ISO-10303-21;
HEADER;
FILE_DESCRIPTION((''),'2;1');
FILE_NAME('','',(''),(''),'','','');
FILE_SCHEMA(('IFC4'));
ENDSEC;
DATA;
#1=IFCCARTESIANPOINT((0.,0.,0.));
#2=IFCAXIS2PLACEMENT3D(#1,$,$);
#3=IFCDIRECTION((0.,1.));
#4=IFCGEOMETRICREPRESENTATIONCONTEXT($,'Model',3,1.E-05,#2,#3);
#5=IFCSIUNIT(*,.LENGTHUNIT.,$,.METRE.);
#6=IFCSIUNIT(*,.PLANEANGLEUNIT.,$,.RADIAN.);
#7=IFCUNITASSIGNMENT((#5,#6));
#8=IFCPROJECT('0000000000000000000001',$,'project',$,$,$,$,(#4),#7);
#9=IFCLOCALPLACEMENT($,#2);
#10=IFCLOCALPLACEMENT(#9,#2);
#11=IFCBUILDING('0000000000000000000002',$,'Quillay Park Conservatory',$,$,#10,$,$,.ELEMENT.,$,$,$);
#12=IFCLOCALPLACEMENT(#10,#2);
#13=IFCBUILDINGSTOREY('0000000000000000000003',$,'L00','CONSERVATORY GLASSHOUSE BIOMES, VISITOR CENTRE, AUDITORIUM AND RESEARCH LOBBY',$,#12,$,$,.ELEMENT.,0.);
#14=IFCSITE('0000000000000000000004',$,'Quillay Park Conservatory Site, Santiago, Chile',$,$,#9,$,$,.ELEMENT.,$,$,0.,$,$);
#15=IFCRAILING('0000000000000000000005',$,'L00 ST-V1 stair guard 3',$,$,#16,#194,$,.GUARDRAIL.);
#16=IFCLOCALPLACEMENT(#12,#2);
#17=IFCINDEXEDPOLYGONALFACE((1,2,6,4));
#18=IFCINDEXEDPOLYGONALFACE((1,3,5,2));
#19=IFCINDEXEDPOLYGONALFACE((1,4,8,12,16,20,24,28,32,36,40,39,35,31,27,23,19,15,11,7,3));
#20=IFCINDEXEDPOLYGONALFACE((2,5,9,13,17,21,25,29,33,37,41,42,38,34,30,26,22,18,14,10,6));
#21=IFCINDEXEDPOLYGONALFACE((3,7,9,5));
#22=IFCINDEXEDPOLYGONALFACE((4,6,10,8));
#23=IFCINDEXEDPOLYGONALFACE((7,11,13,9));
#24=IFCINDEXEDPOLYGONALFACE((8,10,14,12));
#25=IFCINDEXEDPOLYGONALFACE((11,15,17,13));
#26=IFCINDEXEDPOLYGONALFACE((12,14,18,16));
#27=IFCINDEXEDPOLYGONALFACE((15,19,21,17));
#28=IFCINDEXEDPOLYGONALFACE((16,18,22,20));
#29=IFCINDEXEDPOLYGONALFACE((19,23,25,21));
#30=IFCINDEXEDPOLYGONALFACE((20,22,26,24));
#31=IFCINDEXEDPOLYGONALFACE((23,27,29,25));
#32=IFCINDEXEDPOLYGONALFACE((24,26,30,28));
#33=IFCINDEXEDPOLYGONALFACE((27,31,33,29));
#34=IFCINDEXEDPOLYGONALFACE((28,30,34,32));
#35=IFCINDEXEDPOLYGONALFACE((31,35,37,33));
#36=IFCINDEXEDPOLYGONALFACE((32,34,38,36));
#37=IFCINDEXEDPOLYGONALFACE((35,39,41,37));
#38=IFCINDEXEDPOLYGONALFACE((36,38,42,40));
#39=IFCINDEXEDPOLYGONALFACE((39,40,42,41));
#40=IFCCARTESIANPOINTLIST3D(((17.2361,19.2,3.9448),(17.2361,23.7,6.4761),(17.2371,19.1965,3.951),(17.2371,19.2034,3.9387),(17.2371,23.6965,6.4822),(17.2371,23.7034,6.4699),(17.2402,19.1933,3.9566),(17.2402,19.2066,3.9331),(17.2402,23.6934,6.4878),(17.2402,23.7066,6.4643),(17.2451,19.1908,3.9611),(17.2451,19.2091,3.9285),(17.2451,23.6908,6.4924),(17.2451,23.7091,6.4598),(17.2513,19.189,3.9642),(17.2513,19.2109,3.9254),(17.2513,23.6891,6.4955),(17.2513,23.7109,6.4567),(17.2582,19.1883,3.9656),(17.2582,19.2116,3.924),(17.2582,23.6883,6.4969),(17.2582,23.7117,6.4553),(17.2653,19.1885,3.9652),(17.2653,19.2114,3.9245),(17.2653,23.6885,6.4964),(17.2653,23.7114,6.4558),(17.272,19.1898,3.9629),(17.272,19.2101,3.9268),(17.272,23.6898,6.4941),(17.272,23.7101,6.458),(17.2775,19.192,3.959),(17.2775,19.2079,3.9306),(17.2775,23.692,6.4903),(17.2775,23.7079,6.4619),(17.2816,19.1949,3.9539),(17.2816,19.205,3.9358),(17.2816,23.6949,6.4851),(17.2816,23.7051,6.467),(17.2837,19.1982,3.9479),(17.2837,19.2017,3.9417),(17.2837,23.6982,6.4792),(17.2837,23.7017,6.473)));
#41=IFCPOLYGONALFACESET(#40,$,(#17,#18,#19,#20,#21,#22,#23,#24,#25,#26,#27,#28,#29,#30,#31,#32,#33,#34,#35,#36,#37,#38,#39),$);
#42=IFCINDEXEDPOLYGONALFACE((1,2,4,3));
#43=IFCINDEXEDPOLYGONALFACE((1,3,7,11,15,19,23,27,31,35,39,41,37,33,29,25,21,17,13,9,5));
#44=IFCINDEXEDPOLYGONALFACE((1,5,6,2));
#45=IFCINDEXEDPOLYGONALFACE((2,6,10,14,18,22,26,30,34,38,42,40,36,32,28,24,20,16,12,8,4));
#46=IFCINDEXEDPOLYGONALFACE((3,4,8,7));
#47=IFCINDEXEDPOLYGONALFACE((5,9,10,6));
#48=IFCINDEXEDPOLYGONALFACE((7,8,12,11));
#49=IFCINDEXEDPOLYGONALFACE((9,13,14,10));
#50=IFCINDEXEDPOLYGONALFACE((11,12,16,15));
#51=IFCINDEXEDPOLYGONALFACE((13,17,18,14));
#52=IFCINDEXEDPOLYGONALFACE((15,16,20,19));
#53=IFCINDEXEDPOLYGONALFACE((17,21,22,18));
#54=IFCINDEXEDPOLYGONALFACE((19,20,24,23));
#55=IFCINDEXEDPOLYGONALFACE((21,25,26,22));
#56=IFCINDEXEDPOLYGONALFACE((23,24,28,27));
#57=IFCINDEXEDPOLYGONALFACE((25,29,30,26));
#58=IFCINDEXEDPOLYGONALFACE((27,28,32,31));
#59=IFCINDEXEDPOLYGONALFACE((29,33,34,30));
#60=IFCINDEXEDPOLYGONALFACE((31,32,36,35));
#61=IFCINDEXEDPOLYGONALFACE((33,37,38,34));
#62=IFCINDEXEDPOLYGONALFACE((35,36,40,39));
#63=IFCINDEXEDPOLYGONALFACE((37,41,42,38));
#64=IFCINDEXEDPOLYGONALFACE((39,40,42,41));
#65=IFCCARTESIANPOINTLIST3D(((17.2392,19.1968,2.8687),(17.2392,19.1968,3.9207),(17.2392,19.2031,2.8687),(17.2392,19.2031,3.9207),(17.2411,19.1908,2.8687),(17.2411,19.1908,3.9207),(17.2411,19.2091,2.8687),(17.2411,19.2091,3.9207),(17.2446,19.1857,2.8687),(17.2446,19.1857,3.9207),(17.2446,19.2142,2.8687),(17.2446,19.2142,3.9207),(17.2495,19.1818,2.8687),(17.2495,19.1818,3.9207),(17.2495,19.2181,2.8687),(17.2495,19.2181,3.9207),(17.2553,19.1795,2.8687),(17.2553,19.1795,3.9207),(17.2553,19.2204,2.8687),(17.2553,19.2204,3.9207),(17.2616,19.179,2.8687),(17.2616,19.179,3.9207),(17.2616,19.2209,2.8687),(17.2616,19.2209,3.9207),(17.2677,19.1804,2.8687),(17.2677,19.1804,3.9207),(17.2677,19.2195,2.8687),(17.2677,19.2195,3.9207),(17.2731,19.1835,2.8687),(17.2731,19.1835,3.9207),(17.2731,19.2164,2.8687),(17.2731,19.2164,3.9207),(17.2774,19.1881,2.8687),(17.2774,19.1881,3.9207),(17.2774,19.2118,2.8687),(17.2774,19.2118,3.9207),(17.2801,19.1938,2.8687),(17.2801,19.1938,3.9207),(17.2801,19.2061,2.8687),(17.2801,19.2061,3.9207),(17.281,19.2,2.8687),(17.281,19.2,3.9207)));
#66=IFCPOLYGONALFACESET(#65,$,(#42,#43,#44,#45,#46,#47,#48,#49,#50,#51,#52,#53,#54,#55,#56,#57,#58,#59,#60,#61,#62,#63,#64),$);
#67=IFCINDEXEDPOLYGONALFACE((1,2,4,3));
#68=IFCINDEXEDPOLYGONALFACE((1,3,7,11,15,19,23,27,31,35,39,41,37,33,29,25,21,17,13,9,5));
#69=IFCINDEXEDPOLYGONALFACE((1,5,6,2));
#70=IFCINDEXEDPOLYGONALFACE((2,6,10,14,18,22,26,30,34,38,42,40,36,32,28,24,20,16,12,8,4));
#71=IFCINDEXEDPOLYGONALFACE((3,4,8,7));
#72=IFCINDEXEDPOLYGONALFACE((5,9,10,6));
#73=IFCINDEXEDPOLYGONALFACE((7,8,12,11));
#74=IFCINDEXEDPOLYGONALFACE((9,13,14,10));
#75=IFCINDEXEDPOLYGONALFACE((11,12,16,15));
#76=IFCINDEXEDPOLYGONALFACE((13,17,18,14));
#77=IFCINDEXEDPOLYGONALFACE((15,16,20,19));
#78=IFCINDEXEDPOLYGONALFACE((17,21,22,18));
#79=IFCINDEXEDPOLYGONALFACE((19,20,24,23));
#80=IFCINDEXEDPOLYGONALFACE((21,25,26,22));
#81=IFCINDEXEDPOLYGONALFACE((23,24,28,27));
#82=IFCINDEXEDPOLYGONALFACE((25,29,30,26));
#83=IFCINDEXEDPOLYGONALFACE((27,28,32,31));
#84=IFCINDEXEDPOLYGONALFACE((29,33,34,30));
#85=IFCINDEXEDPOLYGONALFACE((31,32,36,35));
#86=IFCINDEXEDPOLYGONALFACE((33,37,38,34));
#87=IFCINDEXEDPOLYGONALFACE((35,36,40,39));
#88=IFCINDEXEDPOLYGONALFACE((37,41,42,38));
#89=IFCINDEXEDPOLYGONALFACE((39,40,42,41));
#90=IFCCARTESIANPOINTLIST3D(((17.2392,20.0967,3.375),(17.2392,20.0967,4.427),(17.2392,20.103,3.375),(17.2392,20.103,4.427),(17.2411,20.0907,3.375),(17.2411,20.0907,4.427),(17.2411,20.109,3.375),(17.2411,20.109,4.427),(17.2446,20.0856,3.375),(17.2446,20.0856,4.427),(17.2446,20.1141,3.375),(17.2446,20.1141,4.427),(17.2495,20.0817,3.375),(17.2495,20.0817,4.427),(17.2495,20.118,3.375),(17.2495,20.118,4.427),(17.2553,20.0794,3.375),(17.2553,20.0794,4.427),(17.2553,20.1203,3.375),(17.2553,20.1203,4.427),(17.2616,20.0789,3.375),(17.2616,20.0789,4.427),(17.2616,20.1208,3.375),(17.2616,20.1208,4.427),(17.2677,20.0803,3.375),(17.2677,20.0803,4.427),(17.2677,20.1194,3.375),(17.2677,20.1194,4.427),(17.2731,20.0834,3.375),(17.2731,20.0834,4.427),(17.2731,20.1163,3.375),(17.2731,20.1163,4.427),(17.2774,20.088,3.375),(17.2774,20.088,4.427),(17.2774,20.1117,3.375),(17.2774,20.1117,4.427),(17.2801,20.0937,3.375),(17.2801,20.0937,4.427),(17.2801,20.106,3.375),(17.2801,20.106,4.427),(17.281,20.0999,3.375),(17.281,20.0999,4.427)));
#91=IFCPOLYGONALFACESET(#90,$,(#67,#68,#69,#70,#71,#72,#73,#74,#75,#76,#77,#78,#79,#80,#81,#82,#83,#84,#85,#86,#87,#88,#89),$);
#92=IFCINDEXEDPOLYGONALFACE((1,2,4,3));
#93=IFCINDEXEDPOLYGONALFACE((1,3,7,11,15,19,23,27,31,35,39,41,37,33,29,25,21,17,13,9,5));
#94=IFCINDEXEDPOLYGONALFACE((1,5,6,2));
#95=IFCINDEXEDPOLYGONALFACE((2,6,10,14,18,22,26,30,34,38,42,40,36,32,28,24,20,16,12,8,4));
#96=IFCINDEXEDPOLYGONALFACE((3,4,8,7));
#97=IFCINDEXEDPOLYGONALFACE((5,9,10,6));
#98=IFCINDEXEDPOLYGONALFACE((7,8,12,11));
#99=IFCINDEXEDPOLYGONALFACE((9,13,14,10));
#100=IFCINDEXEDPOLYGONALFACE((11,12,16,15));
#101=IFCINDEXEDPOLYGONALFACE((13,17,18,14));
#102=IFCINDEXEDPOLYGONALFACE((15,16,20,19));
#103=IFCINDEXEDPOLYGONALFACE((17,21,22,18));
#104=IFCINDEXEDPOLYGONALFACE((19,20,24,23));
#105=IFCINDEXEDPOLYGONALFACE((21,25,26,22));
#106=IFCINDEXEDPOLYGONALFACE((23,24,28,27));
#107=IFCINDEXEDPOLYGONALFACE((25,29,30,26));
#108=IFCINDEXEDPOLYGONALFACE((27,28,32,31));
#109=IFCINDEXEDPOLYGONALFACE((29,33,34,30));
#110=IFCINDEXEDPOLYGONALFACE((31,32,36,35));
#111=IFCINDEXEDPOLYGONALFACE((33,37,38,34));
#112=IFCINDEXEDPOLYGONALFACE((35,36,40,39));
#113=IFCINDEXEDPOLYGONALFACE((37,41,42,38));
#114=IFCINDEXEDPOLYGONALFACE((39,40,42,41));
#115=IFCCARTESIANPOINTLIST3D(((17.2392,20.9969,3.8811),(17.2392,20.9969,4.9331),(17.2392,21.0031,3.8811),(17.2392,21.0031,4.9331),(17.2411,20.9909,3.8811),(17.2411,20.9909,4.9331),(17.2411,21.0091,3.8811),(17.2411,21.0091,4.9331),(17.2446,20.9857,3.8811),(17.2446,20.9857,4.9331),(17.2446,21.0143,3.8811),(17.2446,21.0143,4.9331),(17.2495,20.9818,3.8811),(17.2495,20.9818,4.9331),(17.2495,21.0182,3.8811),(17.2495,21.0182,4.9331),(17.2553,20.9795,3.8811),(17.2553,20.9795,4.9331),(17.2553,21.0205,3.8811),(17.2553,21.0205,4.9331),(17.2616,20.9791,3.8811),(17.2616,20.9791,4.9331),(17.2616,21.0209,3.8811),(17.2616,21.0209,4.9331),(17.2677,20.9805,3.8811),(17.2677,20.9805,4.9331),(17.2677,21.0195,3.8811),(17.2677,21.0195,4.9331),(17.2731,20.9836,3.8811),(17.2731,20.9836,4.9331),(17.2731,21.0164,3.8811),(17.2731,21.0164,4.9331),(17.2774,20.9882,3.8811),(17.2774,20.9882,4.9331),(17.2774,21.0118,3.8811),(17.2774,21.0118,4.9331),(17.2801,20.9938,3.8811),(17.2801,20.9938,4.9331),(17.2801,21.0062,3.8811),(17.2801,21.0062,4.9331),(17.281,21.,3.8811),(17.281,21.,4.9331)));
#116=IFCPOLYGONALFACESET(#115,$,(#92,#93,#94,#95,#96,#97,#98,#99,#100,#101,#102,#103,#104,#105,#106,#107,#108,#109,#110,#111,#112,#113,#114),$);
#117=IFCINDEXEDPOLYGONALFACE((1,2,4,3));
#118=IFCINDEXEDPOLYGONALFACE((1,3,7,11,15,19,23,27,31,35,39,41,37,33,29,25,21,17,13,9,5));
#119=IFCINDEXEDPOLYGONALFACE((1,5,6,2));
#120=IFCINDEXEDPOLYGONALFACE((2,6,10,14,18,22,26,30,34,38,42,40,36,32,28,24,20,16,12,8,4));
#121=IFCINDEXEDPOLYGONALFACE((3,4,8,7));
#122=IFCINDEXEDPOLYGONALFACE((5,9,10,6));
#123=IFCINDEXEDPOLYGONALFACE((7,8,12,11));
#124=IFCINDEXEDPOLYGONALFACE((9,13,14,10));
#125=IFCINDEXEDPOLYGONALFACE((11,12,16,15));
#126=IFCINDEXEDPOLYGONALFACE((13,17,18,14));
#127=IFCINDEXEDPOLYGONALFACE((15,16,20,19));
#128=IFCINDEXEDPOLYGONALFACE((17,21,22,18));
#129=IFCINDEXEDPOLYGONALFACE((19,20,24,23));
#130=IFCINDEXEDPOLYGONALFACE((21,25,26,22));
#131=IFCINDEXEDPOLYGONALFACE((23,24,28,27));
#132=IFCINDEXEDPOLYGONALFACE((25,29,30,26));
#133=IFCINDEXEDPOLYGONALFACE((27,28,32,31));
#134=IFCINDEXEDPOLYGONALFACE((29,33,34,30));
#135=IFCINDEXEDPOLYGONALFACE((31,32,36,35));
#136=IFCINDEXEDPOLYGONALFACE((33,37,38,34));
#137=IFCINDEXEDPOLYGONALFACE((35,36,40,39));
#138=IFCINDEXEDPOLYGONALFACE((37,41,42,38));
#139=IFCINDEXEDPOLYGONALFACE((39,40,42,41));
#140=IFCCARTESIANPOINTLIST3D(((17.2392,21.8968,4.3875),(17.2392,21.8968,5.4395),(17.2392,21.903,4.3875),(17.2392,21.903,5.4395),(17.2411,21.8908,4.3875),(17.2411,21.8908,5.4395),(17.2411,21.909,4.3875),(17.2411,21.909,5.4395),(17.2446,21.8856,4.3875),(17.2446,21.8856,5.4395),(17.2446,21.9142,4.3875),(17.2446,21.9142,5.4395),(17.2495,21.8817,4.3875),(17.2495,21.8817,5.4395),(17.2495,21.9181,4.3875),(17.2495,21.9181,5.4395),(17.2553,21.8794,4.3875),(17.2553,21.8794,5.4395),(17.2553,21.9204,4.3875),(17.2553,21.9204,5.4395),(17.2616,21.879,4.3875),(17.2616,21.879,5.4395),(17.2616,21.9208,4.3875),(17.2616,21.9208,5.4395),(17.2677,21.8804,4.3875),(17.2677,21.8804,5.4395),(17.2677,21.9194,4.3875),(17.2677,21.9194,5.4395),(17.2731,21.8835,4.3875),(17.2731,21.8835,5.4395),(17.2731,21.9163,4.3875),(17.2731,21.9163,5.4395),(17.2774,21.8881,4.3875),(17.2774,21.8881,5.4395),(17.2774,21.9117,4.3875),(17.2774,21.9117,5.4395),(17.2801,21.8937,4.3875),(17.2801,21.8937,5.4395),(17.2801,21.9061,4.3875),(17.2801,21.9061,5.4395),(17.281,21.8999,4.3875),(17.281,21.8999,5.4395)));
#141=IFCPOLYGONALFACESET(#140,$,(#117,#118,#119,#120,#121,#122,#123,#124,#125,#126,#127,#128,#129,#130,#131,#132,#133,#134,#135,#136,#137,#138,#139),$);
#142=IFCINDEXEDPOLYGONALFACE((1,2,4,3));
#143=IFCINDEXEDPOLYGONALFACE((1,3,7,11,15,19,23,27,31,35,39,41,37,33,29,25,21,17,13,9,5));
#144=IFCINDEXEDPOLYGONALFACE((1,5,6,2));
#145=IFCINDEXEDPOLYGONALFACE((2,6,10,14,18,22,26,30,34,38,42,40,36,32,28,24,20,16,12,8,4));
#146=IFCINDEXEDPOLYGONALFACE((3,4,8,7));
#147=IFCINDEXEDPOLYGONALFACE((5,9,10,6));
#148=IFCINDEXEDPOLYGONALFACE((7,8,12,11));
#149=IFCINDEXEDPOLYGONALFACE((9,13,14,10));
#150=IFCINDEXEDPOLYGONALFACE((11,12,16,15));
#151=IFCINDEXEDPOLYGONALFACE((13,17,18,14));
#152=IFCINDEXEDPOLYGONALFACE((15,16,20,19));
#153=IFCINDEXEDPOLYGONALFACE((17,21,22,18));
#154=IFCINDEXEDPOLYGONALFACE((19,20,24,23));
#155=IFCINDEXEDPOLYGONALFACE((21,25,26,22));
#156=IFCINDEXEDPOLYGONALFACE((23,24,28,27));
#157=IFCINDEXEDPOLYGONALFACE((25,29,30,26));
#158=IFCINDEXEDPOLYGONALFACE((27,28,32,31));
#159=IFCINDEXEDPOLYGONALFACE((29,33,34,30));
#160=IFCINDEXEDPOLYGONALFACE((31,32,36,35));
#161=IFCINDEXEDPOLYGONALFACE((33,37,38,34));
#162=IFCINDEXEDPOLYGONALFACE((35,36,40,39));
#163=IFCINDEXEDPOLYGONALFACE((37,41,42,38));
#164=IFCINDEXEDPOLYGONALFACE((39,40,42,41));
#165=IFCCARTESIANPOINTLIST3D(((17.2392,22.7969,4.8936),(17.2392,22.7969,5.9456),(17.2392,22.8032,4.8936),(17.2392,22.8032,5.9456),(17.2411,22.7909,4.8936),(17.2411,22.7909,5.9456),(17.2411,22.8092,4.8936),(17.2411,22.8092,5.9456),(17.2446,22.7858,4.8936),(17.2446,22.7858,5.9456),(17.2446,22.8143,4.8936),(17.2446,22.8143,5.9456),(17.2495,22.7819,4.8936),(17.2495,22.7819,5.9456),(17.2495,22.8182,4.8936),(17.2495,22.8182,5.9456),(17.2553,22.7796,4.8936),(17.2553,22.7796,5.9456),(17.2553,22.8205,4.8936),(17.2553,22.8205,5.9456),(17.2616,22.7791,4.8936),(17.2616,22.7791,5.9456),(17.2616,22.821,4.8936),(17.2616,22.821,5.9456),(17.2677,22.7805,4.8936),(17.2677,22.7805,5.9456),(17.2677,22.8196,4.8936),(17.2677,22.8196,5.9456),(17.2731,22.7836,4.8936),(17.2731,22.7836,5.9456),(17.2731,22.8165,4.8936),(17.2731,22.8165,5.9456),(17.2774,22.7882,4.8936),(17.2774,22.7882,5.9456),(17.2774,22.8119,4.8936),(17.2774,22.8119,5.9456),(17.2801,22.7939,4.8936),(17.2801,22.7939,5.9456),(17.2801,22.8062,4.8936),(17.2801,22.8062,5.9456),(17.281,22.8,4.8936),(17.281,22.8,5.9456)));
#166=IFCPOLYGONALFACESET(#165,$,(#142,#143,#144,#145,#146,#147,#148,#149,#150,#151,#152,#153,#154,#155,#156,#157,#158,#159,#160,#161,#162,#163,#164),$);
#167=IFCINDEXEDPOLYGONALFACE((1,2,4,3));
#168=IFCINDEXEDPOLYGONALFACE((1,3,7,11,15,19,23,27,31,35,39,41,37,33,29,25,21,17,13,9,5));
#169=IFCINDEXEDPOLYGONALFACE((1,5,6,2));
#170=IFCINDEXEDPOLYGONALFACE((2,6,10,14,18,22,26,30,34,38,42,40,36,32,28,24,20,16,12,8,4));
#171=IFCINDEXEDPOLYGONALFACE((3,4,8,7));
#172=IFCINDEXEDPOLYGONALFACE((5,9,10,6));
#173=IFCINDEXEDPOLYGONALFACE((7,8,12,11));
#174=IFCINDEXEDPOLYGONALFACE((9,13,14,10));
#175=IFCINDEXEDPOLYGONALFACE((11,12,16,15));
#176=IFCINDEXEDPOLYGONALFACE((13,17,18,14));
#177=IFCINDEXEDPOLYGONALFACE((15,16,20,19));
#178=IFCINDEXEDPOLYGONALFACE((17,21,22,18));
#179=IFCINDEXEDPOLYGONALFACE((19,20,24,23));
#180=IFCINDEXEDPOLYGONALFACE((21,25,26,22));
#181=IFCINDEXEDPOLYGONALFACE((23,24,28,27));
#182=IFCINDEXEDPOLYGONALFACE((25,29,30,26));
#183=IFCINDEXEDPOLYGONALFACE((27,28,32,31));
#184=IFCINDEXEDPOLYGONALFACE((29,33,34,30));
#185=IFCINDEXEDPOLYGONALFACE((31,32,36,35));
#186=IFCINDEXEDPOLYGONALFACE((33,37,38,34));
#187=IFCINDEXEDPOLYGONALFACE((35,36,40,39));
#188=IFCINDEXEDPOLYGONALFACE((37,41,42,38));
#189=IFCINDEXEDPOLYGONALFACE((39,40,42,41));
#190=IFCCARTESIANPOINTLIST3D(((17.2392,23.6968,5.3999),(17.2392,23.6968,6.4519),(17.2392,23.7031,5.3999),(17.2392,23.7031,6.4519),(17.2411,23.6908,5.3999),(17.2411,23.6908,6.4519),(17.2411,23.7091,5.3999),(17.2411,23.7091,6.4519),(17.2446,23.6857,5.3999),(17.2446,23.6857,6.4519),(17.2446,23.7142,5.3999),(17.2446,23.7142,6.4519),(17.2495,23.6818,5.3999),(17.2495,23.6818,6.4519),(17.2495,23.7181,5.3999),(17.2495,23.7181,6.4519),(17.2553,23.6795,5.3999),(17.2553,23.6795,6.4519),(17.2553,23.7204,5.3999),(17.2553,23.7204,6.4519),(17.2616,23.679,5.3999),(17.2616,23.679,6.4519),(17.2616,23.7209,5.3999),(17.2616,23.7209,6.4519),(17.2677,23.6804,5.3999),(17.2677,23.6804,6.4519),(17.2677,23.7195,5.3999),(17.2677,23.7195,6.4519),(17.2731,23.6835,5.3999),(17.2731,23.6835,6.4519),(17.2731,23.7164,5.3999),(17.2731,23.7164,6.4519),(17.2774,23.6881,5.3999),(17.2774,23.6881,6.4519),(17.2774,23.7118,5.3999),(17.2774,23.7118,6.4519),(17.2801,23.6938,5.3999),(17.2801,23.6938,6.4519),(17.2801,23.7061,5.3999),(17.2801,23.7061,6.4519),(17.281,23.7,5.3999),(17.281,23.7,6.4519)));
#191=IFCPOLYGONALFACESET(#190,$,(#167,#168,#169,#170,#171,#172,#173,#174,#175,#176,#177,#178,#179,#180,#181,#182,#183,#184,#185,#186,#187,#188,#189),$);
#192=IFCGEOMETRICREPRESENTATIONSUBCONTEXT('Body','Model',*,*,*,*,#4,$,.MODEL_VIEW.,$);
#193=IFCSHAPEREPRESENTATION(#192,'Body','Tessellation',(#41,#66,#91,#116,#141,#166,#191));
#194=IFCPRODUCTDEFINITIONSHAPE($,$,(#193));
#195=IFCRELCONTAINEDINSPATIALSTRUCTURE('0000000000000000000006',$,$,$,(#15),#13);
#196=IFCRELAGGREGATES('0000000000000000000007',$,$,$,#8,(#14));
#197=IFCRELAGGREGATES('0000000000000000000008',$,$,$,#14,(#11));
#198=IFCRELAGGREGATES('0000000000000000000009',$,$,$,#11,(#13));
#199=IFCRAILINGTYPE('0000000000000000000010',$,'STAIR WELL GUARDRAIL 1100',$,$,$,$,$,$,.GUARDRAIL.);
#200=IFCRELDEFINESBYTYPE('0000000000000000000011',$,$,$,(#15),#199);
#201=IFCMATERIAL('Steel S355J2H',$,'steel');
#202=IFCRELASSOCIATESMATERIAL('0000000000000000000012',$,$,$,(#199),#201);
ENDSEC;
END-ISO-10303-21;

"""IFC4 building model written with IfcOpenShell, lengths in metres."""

from ifc_helpers import new_model, si_unit, direction, frame, origin, origin_2d, place, context, subcontext, project, spatial, circle, extrude, material, type_object, element, save


model = new_model("IFC4")

# Units and contexts
model_context = context("Model", 3, precision=1e-05, world=origin(), true_north=direction((0.0, 1.0)))
body_context = subcontext(model_context, "Body", "Model", "MODEL_VIEW")
ifc_project = project(units=[si_unit("LENGTHUNIT", "METRE"), si_unit("PLANEANGLEUNIT", "RADIAN")], contexts=[model_context])

# Site, building, storey
site_placement = place(None, origin())
site = spatial("IfcSite", under=ifc_project, at=site_placement, Name="Quillay Park Conservatory Site, Santiago, Chile", CompositionType="ELEMENT", RefElevation=0.0)
building_placement = place(site_placement, origin())
building = spatial("IfcBuilding", under=site, at=building_placement, Name="Quillay Park Conservatory", CompositionType="ELEMENT")
storey_placement = place(building_placement, origin())
storey = spatial("IfcBuildingStorey", under=building, at=storey_placement, Name="L00", Description="CONSERVATORY GLASSHOUSE BIOMES, VISITOR CENTRE, AUDITORIUM AND RESEARCH LOBBY", CompositionType="ELEMENT", Elevation=0.0)

# Railing
ifc_material_1 = material(Name="Steel S355J2H", Category="steel")
railing_type_1 = type_object("IfcRailingType", Name="STAIR WELL GUARDRAIL 1100", PredefinedType="GUARDRAIL", material=ifc_material_1)
railing_1_placement = place(storey_placement, frame((17.26, 19.2, 2.8687)))
element("IfcRailing", 1, at=railing_1_placement, inside=storey, type_object=railing_type_1, Name="L00 ST-V1 stair guard 3", PredefinedType="GUARDRAIL", context=body_context, shape_type="SweptSolid", body=[
    extrude(circle(Radius=0.0239, at=origin_2d()), frame((0.0, 0.0, 1.0762), z_axis=(0.0, 0.871576, 0.490261), x_axis=(-1.0, 0.0, 0.0)), (0.0, 0.0, 1.0), 5.1631),
    extrude(circle(Radius=0.021, at=origin_2d()), origin(), (0.0, 0.0, 1.0), 1.052),
    extrude(circle(Radius=0.021, at=origin_2d()), frame((0.0, 0.8999, 0.5063)), (0.0, 0.0, 1.0), 1.052),
    extrude(circle(Radius=0.021, at=origin_2d()), frame((0.0, 1.8, 1.0125)), (0.0, 0.0, 1.0), 1.052),
    extrude(circle(Radius=0.021, at=origin_2d()), frame((0.0, 2.7, 1.5188)), (0.0, 0.0, 1.0), 1.052),
    extrude(circle(Radius=0.021, at=origin_2d()), frame((0.0, 3.6001, 2.0249)), (0.0, 0.0, 1.0), 1.052),
    extrude(circle(Radius=0.021, at=origin_2d()), frame((0.0, 4.5, 2.5312)), (0.0, 0.0, 1.0), 1.052),
])

save(model, "model.ifc")
